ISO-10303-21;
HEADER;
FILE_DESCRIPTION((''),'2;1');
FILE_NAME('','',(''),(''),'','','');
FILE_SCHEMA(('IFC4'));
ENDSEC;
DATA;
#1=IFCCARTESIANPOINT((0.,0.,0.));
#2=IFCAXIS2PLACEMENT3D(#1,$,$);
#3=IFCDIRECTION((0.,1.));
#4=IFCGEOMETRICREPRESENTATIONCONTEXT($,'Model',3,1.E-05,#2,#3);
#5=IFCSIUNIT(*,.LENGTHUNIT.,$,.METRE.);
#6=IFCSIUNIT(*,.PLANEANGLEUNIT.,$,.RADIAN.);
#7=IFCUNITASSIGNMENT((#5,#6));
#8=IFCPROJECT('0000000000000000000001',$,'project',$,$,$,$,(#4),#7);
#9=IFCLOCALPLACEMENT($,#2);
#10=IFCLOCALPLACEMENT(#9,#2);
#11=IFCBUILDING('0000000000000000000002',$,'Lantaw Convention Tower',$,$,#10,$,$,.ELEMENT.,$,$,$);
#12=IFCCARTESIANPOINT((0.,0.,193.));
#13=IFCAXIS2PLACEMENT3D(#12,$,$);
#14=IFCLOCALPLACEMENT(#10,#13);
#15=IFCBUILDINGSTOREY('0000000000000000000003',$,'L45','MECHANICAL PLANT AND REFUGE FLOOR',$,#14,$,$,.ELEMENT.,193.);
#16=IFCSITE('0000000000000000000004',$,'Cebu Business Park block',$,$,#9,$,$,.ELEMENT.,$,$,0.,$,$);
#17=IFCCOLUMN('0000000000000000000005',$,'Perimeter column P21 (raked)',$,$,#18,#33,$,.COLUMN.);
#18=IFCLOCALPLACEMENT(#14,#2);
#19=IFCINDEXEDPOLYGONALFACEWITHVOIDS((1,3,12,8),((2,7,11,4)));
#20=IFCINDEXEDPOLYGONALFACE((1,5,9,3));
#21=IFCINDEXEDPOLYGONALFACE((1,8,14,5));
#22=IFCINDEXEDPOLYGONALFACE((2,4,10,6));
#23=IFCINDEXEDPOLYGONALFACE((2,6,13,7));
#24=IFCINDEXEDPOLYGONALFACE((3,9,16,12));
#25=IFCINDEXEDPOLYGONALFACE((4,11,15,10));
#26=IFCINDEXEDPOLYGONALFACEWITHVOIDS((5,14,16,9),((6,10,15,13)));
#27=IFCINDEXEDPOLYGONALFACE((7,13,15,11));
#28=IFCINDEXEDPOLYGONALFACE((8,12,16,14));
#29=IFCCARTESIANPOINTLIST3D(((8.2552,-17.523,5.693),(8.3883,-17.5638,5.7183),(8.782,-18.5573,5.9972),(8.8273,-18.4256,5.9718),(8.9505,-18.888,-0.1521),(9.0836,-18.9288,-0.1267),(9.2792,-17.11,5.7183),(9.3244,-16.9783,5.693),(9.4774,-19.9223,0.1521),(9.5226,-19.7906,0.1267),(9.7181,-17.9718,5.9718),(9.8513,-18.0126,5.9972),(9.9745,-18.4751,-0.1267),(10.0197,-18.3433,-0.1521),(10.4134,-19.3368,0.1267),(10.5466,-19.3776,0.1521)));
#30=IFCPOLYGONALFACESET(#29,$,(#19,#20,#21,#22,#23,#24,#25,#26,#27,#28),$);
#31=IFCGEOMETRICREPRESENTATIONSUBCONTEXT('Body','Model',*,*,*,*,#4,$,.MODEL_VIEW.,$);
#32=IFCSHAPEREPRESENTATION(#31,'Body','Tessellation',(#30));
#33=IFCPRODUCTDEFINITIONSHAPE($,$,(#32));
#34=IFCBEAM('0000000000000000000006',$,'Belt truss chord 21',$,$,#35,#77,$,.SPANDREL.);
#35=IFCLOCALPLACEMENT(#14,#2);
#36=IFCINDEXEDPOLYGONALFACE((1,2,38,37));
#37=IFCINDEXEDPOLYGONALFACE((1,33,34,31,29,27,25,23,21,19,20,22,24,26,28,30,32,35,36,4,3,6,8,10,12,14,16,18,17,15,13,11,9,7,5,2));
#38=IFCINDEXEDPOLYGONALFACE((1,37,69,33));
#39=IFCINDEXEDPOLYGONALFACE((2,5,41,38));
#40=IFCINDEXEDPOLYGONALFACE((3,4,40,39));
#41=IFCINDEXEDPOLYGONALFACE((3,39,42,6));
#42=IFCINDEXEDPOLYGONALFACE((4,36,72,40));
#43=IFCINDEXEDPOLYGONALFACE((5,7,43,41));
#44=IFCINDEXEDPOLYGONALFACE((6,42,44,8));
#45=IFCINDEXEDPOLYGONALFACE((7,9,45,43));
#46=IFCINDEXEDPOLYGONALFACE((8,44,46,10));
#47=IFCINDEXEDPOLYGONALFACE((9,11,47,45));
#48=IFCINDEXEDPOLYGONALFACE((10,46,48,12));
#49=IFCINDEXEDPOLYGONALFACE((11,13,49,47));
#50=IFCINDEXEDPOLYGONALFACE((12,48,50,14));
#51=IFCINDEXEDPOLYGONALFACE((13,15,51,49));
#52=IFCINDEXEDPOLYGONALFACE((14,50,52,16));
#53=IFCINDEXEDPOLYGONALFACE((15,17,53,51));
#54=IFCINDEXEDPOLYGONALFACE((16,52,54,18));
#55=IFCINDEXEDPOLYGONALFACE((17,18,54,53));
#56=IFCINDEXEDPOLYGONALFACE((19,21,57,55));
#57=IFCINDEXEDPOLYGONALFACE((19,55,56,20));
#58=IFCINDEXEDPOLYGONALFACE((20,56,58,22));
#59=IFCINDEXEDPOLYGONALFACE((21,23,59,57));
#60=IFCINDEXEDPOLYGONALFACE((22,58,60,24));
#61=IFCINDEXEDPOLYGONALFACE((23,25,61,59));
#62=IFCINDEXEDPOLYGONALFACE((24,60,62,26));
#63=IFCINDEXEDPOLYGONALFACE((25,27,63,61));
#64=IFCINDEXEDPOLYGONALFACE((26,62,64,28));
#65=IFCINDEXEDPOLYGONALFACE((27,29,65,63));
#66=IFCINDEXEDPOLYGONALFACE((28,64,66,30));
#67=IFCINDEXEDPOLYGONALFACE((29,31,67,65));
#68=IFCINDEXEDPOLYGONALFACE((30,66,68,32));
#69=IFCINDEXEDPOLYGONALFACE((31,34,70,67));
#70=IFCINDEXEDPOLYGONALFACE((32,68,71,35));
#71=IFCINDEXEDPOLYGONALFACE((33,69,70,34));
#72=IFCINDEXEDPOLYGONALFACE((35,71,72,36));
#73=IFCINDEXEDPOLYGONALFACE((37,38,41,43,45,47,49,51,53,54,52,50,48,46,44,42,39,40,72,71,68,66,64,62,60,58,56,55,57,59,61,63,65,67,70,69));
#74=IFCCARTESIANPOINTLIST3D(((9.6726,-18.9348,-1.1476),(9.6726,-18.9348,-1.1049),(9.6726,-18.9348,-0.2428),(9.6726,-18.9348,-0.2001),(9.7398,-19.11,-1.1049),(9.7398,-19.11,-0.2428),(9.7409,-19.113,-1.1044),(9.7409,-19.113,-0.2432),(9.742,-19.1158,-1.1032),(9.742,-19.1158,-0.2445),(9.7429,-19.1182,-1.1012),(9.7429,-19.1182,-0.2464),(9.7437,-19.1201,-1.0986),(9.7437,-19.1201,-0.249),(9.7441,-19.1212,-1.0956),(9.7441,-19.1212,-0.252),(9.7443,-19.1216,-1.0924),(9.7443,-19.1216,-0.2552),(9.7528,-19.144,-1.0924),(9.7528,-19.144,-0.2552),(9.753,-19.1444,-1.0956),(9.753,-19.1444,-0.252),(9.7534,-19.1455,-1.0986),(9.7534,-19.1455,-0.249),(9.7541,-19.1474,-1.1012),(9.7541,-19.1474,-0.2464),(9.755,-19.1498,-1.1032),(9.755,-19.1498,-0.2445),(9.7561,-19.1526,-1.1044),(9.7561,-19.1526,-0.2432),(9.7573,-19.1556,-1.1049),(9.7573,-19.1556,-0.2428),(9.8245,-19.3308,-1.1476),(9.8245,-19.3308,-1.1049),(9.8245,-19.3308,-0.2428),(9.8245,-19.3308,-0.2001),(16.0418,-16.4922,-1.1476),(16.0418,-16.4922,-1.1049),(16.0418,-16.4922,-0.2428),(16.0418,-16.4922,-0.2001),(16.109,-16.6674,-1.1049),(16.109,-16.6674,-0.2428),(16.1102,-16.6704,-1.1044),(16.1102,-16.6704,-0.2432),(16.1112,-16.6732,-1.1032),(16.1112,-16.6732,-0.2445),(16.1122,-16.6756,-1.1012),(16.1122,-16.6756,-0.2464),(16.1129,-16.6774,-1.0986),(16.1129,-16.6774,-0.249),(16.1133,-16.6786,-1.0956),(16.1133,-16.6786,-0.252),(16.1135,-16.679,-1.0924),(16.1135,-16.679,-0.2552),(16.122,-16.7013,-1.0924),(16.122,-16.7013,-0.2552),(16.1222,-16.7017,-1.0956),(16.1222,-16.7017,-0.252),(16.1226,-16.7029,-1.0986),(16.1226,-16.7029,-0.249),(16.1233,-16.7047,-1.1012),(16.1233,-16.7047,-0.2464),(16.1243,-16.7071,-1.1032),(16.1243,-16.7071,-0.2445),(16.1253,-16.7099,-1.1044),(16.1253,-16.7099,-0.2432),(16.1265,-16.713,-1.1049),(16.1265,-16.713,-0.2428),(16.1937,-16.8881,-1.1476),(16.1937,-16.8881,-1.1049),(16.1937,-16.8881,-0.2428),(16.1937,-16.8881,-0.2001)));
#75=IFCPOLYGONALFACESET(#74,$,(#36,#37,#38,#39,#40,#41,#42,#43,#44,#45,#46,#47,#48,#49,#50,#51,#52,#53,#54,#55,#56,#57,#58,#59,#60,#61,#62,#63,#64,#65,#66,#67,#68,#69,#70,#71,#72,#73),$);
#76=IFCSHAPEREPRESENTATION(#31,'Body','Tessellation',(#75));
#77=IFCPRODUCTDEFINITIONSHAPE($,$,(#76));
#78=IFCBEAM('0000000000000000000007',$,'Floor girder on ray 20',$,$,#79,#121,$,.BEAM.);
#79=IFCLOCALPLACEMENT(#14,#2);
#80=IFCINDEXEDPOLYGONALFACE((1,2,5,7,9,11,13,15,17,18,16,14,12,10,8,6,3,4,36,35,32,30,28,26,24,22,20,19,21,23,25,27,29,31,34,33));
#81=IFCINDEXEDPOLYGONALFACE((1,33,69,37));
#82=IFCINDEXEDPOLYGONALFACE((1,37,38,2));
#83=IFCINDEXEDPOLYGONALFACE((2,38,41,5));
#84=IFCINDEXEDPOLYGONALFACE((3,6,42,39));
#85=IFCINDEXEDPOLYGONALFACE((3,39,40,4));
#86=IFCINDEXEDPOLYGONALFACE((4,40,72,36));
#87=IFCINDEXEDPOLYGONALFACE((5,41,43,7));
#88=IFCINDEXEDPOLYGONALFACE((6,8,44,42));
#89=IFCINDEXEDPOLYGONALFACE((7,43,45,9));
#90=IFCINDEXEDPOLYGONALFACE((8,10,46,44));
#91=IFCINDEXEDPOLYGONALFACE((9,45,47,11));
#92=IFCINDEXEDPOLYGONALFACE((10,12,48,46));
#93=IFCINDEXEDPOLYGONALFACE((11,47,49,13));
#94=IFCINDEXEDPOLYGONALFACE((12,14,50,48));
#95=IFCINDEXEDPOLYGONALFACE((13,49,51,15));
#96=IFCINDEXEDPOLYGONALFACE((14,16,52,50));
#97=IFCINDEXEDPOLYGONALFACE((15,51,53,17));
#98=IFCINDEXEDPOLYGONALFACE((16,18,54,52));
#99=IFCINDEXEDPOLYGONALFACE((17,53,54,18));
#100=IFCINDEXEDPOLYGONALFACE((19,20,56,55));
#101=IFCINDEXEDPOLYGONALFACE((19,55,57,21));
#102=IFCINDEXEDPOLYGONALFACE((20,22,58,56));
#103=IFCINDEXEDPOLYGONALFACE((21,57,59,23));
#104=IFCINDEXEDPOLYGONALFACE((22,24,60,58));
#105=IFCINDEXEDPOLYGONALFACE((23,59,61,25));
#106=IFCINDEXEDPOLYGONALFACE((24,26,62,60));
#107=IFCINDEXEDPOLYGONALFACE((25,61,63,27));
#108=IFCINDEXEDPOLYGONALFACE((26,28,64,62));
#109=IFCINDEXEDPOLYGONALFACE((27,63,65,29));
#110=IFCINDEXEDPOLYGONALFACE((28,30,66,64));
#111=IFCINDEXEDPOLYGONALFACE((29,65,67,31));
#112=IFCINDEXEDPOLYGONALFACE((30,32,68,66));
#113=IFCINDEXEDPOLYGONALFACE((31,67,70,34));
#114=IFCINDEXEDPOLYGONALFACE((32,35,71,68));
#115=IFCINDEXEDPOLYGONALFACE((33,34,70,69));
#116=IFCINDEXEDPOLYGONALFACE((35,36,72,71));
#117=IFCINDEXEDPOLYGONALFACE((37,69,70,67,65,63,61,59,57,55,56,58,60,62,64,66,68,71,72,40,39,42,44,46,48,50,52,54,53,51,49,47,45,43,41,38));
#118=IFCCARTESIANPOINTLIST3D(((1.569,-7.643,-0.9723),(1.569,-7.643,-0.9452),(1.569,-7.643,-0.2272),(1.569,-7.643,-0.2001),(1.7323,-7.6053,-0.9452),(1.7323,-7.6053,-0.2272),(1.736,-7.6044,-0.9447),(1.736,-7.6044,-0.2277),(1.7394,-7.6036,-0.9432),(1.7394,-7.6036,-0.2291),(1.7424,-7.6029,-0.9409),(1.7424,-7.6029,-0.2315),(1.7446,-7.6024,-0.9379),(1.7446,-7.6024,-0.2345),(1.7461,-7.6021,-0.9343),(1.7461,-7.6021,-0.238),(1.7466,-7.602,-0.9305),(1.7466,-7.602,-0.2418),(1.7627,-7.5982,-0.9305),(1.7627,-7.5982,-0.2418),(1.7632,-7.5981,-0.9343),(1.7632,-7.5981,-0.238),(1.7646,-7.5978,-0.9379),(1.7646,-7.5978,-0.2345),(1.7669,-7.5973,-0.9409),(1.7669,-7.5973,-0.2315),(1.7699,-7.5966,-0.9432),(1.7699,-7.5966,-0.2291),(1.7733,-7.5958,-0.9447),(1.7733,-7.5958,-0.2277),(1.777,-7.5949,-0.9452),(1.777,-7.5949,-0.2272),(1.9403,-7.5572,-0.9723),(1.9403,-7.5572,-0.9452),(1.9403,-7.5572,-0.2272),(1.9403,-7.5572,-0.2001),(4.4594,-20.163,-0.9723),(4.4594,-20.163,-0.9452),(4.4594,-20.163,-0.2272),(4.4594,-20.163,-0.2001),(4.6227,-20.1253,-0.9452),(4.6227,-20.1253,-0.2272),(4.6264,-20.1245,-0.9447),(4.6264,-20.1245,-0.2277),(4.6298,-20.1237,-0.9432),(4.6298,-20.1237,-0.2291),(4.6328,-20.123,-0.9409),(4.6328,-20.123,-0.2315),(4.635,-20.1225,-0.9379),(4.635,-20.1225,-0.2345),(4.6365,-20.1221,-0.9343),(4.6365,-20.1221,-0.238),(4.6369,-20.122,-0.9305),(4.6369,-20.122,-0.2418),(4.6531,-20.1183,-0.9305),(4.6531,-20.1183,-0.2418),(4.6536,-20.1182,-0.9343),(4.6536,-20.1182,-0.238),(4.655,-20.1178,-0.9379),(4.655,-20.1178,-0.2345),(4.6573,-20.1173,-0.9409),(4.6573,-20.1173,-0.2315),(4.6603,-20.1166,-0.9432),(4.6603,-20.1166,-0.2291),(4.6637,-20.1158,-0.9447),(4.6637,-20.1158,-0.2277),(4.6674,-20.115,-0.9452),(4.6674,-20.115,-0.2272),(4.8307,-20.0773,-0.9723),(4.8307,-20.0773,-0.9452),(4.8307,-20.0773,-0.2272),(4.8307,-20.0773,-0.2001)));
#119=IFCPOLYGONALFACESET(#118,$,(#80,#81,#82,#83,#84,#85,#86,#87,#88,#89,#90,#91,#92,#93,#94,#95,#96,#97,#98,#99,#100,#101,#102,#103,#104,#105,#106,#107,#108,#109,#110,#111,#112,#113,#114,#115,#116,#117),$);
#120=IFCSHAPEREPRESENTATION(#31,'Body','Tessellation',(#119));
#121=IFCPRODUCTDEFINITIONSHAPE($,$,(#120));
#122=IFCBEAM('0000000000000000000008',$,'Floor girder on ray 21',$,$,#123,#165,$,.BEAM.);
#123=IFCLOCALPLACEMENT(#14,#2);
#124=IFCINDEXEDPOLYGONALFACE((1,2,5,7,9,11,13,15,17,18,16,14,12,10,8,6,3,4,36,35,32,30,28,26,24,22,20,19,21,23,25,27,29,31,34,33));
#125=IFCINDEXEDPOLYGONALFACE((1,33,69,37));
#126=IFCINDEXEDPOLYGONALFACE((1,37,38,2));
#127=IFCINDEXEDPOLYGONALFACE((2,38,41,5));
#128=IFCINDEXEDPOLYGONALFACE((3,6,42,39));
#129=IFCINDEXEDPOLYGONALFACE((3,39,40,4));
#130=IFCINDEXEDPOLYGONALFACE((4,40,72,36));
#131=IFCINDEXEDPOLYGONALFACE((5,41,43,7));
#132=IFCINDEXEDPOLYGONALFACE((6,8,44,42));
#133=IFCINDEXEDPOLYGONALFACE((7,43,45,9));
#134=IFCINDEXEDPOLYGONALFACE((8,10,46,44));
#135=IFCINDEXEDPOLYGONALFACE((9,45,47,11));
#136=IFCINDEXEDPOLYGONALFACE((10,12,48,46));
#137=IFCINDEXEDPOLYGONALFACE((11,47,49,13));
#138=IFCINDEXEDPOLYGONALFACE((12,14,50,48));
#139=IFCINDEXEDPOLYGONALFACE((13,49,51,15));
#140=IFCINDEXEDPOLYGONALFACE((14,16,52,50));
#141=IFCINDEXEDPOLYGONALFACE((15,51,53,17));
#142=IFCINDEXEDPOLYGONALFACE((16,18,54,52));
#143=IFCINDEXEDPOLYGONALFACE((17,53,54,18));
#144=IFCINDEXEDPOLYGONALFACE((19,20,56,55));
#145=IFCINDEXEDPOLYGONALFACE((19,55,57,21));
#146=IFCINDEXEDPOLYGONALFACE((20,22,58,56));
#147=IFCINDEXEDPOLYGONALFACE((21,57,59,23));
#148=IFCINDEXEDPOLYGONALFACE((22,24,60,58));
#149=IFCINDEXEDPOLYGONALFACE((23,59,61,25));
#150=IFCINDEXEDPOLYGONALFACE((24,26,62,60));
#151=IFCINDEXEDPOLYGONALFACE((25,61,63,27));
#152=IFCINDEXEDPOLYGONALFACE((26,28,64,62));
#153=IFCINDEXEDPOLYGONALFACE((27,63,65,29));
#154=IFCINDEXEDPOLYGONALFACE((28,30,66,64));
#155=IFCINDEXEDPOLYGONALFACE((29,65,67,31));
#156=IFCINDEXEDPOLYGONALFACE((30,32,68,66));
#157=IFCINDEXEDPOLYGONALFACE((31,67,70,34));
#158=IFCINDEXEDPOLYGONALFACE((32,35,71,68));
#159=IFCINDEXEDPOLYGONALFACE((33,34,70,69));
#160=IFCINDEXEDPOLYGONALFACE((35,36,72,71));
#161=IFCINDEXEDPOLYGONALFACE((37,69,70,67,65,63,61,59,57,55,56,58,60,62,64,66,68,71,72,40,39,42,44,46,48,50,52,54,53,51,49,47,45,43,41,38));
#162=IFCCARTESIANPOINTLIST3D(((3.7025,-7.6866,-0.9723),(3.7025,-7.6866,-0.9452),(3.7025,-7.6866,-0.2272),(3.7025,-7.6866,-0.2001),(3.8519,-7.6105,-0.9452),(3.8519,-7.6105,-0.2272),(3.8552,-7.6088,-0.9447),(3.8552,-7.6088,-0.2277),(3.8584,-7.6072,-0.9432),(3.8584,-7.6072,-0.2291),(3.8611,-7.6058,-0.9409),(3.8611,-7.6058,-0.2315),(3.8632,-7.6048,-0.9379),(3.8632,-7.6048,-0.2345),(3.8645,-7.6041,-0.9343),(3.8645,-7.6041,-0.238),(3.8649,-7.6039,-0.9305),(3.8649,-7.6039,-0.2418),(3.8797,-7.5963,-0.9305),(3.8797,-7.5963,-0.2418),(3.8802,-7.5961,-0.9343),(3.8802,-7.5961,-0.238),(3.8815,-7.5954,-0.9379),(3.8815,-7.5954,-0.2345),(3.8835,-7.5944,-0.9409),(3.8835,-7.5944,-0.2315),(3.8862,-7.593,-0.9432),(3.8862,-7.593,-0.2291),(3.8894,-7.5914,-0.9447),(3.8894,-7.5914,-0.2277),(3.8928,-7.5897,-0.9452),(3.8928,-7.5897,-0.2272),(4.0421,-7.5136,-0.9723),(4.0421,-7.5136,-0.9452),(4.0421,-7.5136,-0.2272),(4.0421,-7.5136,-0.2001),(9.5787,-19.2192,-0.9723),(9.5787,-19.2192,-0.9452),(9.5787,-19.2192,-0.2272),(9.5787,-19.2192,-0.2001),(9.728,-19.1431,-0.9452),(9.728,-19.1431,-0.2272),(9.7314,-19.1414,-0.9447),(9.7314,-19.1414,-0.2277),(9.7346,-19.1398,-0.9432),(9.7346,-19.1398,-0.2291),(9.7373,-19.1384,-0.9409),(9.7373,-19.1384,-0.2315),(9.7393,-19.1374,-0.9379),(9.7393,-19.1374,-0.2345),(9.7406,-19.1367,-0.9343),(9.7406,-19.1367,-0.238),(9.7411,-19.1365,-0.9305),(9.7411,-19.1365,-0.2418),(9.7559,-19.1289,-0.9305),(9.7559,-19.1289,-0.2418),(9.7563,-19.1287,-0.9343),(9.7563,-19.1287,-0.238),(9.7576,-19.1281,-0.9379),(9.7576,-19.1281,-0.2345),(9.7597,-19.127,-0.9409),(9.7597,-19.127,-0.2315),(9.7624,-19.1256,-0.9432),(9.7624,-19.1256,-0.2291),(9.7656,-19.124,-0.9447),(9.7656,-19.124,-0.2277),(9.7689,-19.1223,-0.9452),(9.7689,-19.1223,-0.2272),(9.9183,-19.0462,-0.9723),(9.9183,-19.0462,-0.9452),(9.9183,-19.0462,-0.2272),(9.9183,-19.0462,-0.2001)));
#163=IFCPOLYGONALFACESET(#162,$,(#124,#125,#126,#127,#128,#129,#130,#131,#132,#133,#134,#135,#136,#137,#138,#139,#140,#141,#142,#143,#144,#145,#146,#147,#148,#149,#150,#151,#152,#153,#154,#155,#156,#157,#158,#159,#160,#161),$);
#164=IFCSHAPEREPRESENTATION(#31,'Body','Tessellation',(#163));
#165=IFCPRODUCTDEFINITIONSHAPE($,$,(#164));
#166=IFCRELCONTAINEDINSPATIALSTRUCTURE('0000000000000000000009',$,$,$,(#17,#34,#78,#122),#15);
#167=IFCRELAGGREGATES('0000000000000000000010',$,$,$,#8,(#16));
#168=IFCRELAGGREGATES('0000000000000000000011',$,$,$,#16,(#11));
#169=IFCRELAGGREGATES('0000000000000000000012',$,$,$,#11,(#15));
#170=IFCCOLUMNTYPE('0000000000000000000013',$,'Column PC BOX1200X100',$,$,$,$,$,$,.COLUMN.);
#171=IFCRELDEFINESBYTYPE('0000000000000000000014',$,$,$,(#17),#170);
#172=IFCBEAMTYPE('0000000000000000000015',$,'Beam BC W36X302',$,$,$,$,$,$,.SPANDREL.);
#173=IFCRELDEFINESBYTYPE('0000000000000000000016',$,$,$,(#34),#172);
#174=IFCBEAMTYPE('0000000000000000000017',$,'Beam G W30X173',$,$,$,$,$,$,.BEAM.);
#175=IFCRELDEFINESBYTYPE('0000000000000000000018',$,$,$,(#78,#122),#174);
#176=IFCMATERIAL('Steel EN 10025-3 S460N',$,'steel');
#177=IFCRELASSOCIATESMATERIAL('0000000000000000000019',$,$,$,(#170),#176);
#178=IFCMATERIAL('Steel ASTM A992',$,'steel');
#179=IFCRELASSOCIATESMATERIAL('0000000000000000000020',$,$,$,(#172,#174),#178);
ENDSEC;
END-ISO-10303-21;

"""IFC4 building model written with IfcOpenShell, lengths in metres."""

from ifc_helpers import new_model, si_unit, direction, frame, origin, origin_2d, place, context, subcontext, project, spatial, rectangle, hollow_rectangle, i_section, extrude, material, material_profile, profile_set, type_object, element, save


model = new_model("IFC4")

# Units and contexts
model_context = context("Model", 3, precision=1e-05, world=origin(), true_north=direction((0.0, 1.0)))
body_context = subcontext(model_context, "Body", "Model", "MODEL_VIEW")
ifc_project = project(units=[si_unit("LENGTHUNIT", "METRE"), si_unit("PLANEANGLEUNIT", "RADIAN")], contexts=[model_context])

# Site, building, storey
site_placement = place(None, origin())
site = spatial("IfcSite", under=ifc_project, at=site_placement, Name="Cebu Business Park block", CompositionType="ELEMENT", RefElevation=0.0)
building_placement = place(site_placement, origin())
building = spatial("IfcBuilding", under=site, at=building_placement, Name="Lantaw Convention Tower", CompositionType="ELEMENT")
storey_placement = place(building_placement, frame((0.0, 0.0, 193.0)))
storey = spatial("IfcBuildingStorey", under=building, at=storey_placement, Name="L45", Description="MECHANICAL PLANT AND REFUGE FLOOR", CompositionType="ELEMENT", Elevation=193.0)

# Column
ifc_material_1 = material(Name="Steel EN 10025-3 S460N", Category="steel")
ifc_material_profile_1 = material_profile(ifc_material_1, hollow_rectangle(XDim=1.2, YDim=1.2, WallThickness=0.1001, at=origin_2d()), Name="BOX1200X100")
ifc_material_2 = material(Name="Concrete C60/75", Category="concrete")
ifc_material_profile_2 = material_profile(ifc_material_2, rectangle(XDim=1.0, YDim=1.0, at=origin_2d()), Name="Concrete fill of BOX1200X100")
ifc_profile_set_1 = profile_set([ifc_material_profile_1, ifc_material_profile_2], Name="Steel EN 10025-3 S460N")
column_type = type_object("IfcColumnType", Name="Column PC BOX1200X100", PredefinedType="COLUMN", material=ifc_profile_set_1)
column_placement = place(storey_placement, frame((9.7485, -19.1328, 0.0), z_axis=(-0.115073, 0.225903, 0.967329), x_axis=(-0.891055, -0.453895, 0.0)))
element("IfcColumn", 1, at=column_placement, inside=storey, type_object=column_type, Name="Perimeter column P21 (raked)", PredefinedType="COLUMN", context=body_context, shape_type="SweptSolid", body=[
    extrude(hollow_rectangle(XDim=1.2, YDim=1.2, WallThickness=0.1001, at=origin_2d()), origin(), (0.0, 0.0, 1.0), 6.0425),
])

# Beams
ifc_material_3 = material(Name="Steel ASTM A992", Category="steel")
ifc_material_profile_3 = material_profile(ifc_material_3, i_section(OverallWidth=0.4241, OverallDepth=0.9475, WebThickness=0.0239, FlangeThickness=0.0427, FilletRadius=0.0125, at=origin_2d()), Name="W36X302")
ifc_profile_set_2 = profile_set([ifc_material_profile_3], Name="Steel ASTM A992")
beam_type_1 = type_object("IfcBeamType", Name="Beam BC W36X302", PredefinedType="SPANDREL", material=ifc_profile_set_2)
beam_1_placement = place(storey_placement, frame((9.7485, -19.1328, -0.6738), z_axis=(0.933691, 0.35808, 0.0), x_axis=(-0.35808, 0.933691, 0.0)))
element("IfcBeam", 2, at=beam_1_placement, inside=storey, type_object=beam_type_1, Name="Belt truss chord 21", PredefinedType="SPANDREL", context=body_context, shape_type="SweptSolid", body=[
    extrude(i_section(OverallWidth=0.4241, OverallDepth=0.9475, WebThickness=0.0239, FlangeThickness=0.0427, FilletRadius=0.0125, at=origin_2d()), origin(), (0.0, 0.0, 1.0), 6.8215),
])
ifc_material_profile_4 = material_profile(ifc_material_3, i_section(OverallWidth=0.3811, OverallDepth=0.7722, WebThickness=0.0166, FlangeThickness=0.0271, FilletRadius=0.0146, at=origin_2d()), Name="W30X173")
ifc_profile_set_3 = profile_set([ifc_material_profile_4], Name="Steel ASTM A992")
beam_type_2 = type_object("IfcBeamType", Name="Beam G W30X173", PredefinedType="BEAM", material=ifc_profile_set_3)
beam_2_placement = place(storey_placement, frame((1.7546, -7.6001, -0.5862), z_axis=(0.224944, -0.974372, 0.0), x_axis=(0.974372, 0.224944, 0.0)))
element("IfcBeam", 3, at=beam_2_placement, inside=storey, type_object=beam_type_2, Name="Floor girder on ray 20", PredefinedType="BEAM", context=body_context, shape_type="SweptSolid", body=[
    extrude(i_section(OverallWidth=0.3811, OverallDepth=0.7722, WebThickness=0.0166, FlangeThickness=0.0271, FilletRadius=0.0146, at=origin_2d()), origin(), (0.0, 0.0, 1.0), 12.8494),
])
beam_3_placement = place(storey_placement, frame((3.8723, -7.6001, -0.5862), z_axis=(0.453991, -0.891006, 0.0), x_axis=(0.891006, 0.453991, 0.0)))
element("IfcBeam", 4, at=beam_3_placement, inside=storey, type_object=beam_type_2, Name="Floor girder on ray 21", PredefinedType="BEAM", context=body_context, shape_type="SweptSolid", body=[
    extrude(i_section(OverallWidth=0.3811, OverallDepth=0.7722, WebThickness=0.0166, FlangeThickness=0.0271, FilletRadius=0.0146, at=origin_2d()), origin(), (0.0, 0.0, 1.0), 12.9434),
])

save(model, "model.ifc")
